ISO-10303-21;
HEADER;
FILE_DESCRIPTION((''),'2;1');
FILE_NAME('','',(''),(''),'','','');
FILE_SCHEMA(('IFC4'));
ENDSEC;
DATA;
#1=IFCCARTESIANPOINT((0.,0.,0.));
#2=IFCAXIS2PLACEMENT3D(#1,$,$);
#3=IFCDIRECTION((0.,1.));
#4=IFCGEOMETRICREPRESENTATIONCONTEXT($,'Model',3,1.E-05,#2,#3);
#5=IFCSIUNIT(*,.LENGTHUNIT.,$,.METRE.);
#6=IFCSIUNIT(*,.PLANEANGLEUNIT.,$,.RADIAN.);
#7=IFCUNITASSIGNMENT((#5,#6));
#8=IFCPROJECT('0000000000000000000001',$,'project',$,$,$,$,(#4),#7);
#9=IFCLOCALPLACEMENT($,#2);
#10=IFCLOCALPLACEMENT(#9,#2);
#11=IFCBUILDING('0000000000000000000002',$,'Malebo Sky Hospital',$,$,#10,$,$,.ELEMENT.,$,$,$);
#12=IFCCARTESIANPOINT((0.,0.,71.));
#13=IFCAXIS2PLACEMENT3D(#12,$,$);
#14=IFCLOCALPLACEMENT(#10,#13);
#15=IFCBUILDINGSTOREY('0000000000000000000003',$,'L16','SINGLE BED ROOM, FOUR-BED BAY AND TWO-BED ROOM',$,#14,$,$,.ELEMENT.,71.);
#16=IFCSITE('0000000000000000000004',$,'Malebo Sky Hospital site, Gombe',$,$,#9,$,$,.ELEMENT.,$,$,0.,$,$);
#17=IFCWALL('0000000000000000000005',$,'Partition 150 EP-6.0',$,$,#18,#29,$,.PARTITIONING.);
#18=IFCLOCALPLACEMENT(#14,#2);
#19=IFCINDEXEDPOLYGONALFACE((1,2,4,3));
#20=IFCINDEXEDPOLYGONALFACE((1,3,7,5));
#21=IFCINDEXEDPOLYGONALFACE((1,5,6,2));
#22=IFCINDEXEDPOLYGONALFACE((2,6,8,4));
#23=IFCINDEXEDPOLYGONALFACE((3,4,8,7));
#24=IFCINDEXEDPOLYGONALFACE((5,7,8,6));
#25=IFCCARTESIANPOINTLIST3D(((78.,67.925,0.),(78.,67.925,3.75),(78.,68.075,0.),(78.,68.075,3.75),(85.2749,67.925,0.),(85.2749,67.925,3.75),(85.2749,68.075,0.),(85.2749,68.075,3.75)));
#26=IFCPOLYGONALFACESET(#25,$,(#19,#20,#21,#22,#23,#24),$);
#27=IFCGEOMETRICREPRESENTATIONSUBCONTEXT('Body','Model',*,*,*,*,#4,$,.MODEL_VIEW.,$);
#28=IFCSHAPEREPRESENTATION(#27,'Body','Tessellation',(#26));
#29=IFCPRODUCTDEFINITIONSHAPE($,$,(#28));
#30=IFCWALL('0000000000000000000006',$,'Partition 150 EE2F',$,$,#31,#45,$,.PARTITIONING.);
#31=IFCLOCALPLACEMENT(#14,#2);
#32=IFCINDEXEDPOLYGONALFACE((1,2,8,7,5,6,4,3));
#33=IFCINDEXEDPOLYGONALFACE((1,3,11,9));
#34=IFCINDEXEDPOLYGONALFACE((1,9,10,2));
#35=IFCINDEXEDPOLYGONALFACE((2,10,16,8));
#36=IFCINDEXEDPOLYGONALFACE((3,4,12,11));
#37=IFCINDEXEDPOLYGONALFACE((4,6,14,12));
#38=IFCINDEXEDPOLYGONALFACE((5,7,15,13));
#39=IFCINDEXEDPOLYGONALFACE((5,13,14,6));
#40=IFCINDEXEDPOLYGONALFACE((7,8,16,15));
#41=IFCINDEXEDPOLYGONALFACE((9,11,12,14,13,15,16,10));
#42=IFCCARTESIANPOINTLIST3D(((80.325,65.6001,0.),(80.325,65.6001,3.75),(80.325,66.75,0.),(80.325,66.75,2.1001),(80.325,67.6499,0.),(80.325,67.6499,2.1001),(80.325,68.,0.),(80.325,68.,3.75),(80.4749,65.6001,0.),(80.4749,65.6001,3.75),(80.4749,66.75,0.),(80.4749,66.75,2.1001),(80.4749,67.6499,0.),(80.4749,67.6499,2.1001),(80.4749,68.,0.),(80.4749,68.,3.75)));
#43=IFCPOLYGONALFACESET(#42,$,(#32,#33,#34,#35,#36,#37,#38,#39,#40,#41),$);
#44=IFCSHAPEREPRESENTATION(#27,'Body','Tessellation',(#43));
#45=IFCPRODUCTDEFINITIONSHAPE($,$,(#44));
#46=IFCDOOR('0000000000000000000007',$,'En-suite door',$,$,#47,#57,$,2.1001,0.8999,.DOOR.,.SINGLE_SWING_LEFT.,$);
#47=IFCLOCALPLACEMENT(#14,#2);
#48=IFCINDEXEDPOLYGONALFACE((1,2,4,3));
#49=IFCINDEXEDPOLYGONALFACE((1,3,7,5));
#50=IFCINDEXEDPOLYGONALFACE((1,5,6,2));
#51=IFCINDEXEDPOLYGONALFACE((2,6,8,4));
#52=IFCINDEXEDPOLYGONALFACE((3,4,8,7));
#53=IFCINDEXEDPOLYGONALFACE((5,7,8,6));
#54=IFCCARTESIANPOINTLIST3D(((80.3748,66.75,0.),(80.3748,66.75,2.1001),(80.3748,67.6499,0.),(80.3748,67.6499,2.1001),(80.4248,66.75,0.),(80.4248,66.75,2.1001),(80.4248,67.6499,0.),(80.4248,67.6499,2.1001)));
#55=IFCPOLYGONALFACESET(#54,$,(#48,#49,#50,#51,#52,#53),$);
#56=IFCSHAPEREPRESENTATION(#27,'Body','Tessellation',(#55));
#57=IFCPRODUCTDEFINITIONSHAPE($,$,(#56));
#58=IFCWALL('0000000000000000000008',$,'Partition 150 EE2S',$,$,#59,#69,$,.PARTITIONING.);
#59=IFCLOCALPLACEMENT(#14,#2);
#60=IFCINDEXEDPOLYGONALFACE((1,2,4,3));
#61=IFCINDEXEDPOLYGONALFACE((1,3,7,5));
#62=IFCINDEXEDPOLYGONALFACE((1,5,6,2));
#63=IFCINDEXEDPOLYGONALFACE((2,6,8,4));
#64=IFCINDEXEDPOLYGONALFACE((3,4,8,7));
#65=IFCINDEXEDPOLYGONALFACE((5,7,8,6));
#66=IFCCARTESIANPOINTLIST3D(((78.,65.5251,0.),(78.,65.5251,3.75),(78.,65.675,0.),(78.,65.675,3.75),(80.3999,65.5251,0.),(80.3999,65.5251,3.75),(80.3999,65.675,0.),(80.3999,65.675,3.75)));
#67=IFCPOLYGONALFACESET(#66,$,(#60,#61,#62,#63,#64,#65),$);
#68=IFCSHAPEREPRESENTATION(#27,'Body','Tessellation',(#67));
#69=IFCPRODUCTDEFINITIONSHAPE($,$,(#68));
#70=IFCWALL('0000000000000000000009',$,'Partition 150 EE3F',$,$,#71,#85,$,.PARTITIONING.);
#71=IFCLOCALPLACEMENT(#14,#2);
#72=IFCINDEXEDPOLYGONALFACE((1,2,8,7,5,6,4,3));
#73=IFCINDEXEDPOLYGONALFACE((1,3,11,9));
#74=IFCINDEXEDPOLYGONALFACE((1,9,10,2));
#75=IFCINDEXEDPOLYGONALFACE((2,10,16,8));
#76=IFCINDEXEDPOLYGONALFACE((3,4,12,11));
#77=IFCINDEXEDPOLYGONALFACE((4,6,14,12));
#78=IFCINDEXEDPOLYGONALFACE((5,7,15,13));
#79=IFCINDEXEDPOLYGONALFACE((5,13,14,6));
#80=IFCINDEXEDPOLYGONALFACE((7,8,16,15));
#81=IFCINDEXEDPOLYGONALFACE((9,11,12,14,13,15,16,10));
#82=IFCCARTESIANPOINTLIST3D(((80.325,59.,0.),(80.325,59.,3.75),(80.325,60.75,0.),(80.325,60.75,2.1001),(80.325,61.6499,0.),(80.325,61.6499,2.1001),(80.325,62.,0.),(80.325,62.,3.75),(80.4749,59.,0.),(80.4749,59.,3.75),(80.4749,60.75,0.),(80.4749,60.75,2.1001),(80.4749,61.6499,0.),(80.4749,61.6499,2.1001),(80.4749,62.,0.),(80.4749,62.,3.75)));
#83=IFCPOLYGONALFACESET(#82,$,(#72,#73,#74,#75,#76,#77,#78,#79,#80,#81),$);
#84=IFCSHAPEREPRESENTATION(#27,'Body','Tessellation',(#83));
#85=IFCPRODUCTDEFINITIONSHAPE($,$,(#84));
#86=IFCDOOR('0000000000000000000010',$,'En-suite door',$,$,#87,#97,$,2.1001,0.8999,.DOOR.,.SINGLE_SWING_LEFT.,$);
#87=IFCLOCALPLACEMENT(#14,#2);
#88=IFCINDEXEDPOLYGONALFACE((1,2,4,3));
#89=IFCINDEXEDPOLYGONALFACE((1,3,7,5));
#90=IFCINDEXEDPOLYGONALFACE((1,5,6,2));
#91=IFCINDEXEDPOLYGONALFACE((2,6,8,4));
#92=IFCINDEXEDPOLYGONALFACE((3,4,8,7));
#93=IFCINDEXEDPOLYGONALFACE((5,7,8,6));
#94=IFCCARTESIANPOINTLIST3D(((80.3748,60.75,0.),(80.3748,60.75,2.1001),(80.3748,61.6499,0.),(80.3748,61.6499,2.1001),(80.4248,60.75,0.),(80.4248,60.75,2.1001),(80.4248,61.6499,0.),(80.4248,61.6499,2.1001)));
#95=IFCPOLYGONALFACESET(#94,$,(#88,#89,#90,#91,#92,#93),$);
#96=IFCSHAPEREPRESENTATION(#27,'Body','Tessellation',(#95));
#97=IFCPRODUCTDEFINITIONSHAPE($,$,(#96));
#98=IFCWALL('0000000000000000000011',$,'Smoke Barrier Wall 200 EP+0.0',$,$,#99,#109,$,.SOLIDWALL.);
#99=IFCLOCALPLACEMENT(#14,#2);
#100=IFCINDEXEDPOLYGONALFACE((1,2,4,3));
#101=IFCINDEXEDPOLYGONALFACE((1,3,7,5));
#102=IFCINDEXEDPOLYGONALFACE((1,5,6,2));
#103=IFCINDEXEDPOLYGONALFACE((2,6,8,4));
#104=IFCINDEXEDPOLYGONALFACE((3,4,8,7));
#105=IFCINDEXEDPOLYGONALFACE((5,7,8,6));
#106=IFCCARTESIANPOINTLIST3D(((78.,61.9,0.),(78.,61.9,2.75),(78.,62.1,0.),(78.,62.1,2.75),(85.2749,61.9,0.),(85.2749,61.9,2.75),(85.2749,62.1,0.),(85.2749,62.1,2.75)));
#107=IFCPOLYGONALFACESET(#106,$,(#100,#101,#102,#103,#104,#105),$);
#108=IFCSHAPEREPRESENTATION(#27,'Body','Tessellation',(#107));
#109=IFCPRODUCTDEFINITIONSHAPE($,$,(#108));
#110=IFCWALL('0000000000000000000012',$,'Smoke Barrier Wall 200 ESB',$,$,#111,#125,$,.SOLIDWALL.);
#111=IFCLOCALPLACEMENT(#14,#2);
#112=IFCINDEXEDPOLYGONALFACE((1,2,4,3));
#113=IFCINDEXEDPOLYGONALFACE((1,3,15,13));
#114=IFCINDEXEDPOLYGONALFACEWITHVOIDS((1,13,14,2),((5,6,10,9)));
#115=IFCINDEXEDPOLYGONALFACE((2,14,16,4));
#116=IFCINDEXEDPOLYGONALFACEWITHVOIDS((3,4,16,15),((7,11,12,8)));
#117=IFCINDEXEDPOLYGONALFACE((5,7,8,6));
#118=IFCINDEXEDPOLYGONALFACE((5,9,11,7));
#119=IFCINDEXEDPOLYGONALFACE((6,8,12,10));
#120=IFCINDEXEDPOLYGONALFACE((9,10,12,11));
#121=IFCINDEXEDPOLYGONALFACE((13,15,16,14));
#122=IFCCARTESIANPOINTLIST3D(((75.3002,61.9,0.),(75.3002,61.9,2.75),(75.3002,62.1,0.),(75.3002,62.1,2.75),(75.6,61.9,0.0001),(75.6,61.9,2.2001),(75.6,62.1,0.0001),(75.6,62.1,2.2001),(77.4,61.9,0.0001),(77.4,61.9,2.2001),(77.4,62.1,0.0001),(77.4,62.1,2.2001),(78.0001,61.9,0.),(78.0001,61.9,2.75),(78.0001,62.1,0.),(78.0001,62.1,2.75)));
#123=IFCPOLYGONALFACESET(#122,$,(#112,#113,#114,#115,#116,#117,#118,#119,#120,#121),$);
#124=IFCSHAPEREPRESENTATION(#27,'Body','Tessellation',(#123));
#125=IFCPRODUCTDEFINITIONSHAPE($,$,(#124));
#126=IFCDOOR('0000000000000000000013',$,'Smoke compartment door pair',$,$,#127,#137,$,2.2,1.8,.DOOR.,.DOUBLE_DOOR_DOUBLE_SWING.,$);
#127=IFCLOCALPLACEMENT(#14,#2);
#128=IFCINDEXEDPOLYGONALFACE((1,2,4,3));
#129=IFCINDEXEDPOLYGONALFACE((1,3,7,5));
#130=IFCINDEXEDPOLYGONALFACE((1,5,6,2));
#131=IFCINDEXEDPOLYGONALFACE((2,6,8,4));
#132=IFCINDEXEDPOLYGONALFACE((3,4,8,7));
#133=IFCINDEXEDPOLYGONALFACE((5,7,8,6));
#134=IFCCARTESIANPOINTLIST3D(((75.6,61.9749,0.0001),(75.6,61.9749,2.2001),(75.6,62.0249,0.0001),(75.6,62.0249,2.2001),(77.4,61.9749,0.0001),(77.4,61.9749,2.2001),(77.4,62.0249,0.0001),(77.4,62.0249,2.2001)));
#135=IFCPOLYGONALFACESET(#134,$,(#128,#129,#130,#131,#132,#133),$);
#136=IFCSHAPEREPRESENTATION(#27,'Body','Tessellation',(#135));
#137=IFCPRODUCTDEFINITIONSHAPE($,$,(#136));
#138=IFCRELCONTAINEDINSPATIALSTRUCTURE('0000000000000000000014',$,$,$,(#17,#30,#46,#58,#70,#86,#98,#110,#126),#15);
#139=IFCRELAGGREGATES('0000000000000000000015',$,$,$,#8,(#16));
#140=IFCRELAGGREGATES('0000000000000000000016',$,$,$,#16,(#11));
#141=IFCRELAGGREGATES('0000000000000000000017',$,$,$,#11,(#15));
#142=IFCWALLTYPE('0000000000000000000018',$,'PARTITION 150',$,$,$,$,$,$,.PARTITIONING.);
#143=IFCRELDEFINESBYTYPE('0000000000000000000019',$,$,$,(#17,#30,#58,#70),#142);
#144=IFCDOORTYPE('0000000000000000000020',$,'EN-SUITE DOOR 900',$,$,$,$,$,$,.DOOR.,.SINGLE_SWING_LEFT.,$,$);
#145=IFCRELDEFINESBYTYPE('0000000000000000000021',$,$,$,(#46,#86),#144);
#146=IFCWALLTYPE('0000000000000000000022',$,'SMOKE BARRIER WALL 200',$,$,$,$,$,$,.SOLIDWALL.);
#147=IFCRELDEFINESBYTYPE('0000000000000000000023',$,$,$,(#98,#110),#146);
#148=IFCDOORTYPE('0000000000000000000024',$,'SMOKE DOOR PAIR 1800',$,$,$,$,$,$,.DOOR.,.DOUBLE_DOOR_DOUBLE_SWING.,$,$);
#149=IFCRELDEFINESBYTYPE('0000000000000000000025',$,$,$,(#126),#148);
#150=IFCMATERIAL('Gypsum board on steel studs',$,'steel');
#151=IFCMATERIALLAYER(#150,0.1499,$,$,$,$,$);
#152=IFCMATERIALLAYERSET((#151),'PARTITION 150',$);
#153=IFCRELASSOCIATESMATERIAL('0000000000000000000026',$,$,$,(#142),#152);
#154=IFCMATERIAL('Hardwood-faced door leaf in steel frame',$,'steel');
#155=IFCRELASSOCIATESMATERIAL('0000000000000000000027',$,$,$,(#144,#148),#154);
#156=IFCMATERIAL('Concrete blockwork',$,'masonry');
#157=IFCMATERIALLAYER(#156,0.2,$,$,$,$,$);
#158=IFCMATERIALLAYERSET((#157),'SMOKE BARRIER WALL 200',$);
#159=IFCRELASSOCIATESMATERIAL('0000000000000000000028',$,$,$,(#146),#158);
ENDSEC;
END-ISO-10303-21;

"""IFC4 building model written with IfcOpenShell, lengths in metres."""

from ifc_helpers import new_model, si_unit, direction, frame, frame_2d, origin, place, context, subcontext, project, spatial, rectangle, extrude, material, layer, layer_set, type_object, element, fill, save


model = new_model("IFC4")

# Units and contexts
model_context = context("Model", 3, precision=1e-05, world=origin(), true_north=direction((0.0, 1.0)))
body_context = subcontext(model_context, "Body", "Model", "MODEL_VIEW")
ifc_project = project(units=[si_unit("LENGTHUNIT", "METRE"), si_unit("PLANEANGLEUNIT", "RADIAN")], contexts=[model_context])

# Site, building, storey
site_placement = place(None, origin())
site = spatial("IfcSite", under=ifc_project, at=site_placement, Name="Malebo Sky Hospital site, Gombe", CompositionType="ELEMENT", RefElevation=0.0)
building_placement = place(site_placement, origin())
building = spatial("IfcBuilding", under=site, at=building_placement, Name="Malebo Sky Hospital", CompositionType="ELEMENT")
storey_placement = place(building_placement, frame((0.0, 0.0, 71.0)))
storey = spatial("IfcBuildingStorey", under=building, at=storey_placement, Name="L16", Description="SINGLE BED ROOM, FOUR-BED BAY AND TWO-BED ROOM", CompositionType="ELEMENT", Elevation=71.0)

# Shared definitions
ifc_material_1 = material(Name="Gypsum board on steel studs", Category="steel")
ifc_material_2 = material(Name="Hardwood-faced door leaf in steel frame", Category="steel")

# Wall
ifc_layer_1 = layer(ifc_material_1, 0.1499)
ifc_layer_set_1 = layer_set([ifc_layer_1], Name="PARTITION 150")
wall_type_1 = type_object("IfcWallType", Name="PARTITION 150", PredefinedType="PARTITIONING", material=ifc_layer_set_1)
wall_1_placement = place(storey_placement, frame((78.0, 68.0, 0.0), z_axis=(0.0, 0.0, 1.0), x_axis=(1.0, 0.0, 0.0)))
element("IfcWall", 1, at=wall_1_placement, inside=storey, type_object=wall_type_1, Name="Partition 150 EP-6.0", PredefinedType="PARTITIONING", context=body_context, shape_type="SweptSolid", body=[
    extrude(rectangle(XDim=7.2749, YDim=0.1499, at=frame_2d((3.6375, 0.0))), origin(), (0.0, 0.0, 1.0), 3.75),
])

# Wall, opening, door
wall_2_placement = place(storey_placement, frame((80.3999, 68.0, 0.0), z_axis=(0.0, 0.0, 1.0), x_axis=(0.0, -1.0, 0.0)))
wall_2 = element("IfcWall", 2, at=wall_2_placement, inside=storey, type_object=wall_type_1, Name="Partition 150 EE2F", PredefinedType="PARTITIONING", context=body_context, shape_type="SweptSolid", body=[
    extrude(rectangle(XDim=2.3999, YDim=0.1499, at=frame_2d((1.2, 0.0))), origin(), (0.0, 0.0, 1.0), 3.75),
])
opening_1_placement = place(wall_2_placement, frame((0.3501, 0.0, 0.0)))
opening_1 = element("IfcOpeningElement", 3, at=opening_1_placement, cuts=wall_2, PredefinedType="OPENING", context=body_context, shape_type="SweptSolid", body=[
    extrude(rectangle(XDim=0.8999, YDim=2.1001, at=frame_2d((0.45, 1.05))), frame((0.0, 0.085, 0.0), z_axis=(0.0, -1.0, 0.0), x_axis=(1.0, 0.0, 0.0)), (0.0, 0.0, 1.0), 0.1699),
])
door_type_1 = type_object("IfcDoorType", Name="EN-SUITE DOOR 900", OperationType="SINGLE_SWING_LEFT", PredefinedType="DOOR", material=ifc_material_2)
door_1_placement = place(opening_1_placement, origin())
door_1 = element("IfcDoor", 4, at=door_1_placement, inside=storey, type_object=door_type_1, Name="En-suite door", OperationType="SINGLE_SWING_LEFT", OverallHeight=2.1001, OverallWidth=0.8999, PredefinedType="DOOR", context=body_context, shape_type="SweptSolid", body=[
    extrude(rectangle(XDim=0.8999, YDim=2.1001, at=frame_2d((0.45, 1.05))), frame((0.0, 0.0249, 0.0), z_axis=(0.0, -1.0, 0.0), x_axis=(1.0, 0.0, 0.0)), (0.0, 0.0, 1.0), 0.05),
])
fill(opening_1, door_1)

# Wall
wall_3_placement = place(storey_placement, frame((78.0, 65.6001, 0.0), z_axis=(0.0, 0.0, 1.0), x_axis=(1.0, 0.0, 0.0)))
element("IfcWall", 5, at=wall_3_placement, inside=storey, type_object=wall_type_1, Name="Partition 150 EE2S", PredefinedType="PARTITIONING", context=body_context, shape_type="SweptSolid", body=[
    extrude(rectangle(XDim=2.3999, YDim=0.1499, at=frame_2d((1.2, 0.0))), origin(), (0.0, 0.0, 1.0), 3.75),
])

# Wall, opening, door
wall_4_placement = place(storey_placement, frame((80.3999, 62.0, 0.0), z_axis=(0.0, 0.0, 1.0), x_axis=(0.0, -1.0, 0.0)))
wall_4 = element("IfcWall", 6, at=wall_4_placement, inside=storey, type_object=wall_type_1, Name="Partition 150 EE3F", PredefinedType="PARTITIONING", context=body_context, shape_type="SweptSolid", body=[
    extrude(rectangle(XDim=3.0, YDim=0.1499, at=frame_2d((1.5, 0.0))), origin(), (0.0, 0.0, 1.0), 3.75),
])
opening_2_placement = place(wall_4_placement, frame((0.3501, 0.0, 0.0)))
opening_2 = element("IfcOpeningElement", 7, at=opening_2_placement, cuts=wall_4, PredefinedType="OPENING", context=body_context, shape_type="SweptSolid", body=[
    extrude(rectangle(XDim=0.8999, YDim=2.1001, at=frame_2d((0.45, 1.05))), frame((0.0, 0.085, 0.0), z_axis=(0.0, -1.0, 0.0), x_axis=(1.0, 0.0, 0.0)), (0.0, 0.0, 1.0), 0.1699),
])
door_2_placement = place(opening_2_placement, origin())
door_2 = element("IfcDoor", 8, at=door_2_placement, inside=storey, type_object=door_type_1, Name="En-suite door", OperationType="SINGLE_SWING_LEFT", OverallHeight=2.1001, OverallWidth=0.8999, PredefinedType="DOOR", context=body_context, shape_type="SweptSolid", body=[
    extrude(rectangle(XDim=0.8999, YDim=2.1001, at=frame_2d((0.45, 1.05))), frame((0.0, 0.0249, 0.0), z_axis=(0.0, -1.0, 0.0), x_axis=(1.0, 0.0, 0.0)), (0.0, 0.0, 1.0), 0.05),
])
fill(opening_2, door_2)

# Wall
ifc_material_3 = material(Name="Concrete blockwork", Category="masonry")
ifc_layer_2 = layer(ifc_material_3, 0.2)
ifc_layer_set_2 = layer_set([ifc_layer_2], Name="SMOKE BARRIER WALL 200")
wall_type_2 = type_object("IfcWallType", Name="SMOKE BARRIER WALL 200", PredefinedType="SOLIDWALL", material=ifc_layer_set_2)
wall_5_placement = place(storey_placement, frame((78.0, 62.0, 0.0), z_axis=(0.0, 0.0, 1.0), x_axis=(1.0, 0.0, 0.0)))
element("IfcWall", 9, at=wall_5_placement, inside=storey, type_object=wall_type_2, Name="Smoke Barrier Wall 200 EP+0.0", PredefinedType="SOLIDWALL", context=body_context, shape_type="SweptSolid", body=[
    extrude(rectangle(XDim=7.2749, YDim=0.2, at=frame_2d((3.6375, 0.0))), origin(), (0.0, 0.0, 1.0), 2.75),
])

# Wall, opening, door
wall_6_placement = place(storey_placement, frame((75.3, 62.0, 0.0), z_axis=(0.0, 0.0, 1.0), x_axis=(1.0, 0.0, 0.0)))
wall_6 = element("IfcWall", 10, at=wall_6_placement, inside=storey, type_object=wall_type_2, Name="Smoke Barrier Wall 200 ESB", PredefinedType="SOLIDWALL", context=body_context, shape_type="SweptSolid", body=[
    extrude(rectangle(XDim=2.7, YDim=0.2, at=frame_2d((1.3501, 0.0))), origin(), (0.0, 0.0, 1.0), 2.75),
])
opening_3_placement = place(wall_6_placement, frame((0.3, 0.0, 0.0)))
opening_3 = element("IfcOpeningElement", 11, at=opening_3_placement, cuts=wall_6, PredefinedType="OPENING", context=body_context, shape_type="SweptSolid", body=[
    extrude(rectangle(XDim=1.8, YDim=2.2, at=frame_2d((0.8999, 1.1001))), frame((0.0, 0.1099, 0.0), z_axis=(0.0, -1.0, 0.0), x_axis=(1.0, 0.0, 0.0)), (0.0, 0.0, 1.0), 0.22),
])
door_type_2 = type_object("IfcDoorType", Name="SMOKE DOOR PAIR 1800", OperationType="DOUBLE_DOOR_DOUBLE_SWING", PredefinedType="DOOR", material=ifc_material_2)
door_3_placement = place(opening_3_placement, origin())
door_3 = element("IfcDoor", 12, at=door_3_placement, inside=storey, type_object=door_type_2, Name="Smoke compartment door pair", OperationType="DOUBLE_DOOR_DOUBLE_SWING", OverallHeight=2.2, OverallWidth=1.8, PredefinedType="DOOR", context=body_context, shape_type="SweptSolid", body=[
    extrude(rectangle(XDim=1.8, YDim=2.2, at=frame_2d((0.8999, 1.1001))), frame((0.0, 0.0249, 0.0), z_axis=(0.0, -1.0, 0.0), x_axis=(1.0, 0.0, 0.0)), (0.0, 0.0, 1.0), 0.05),
])
fill(opening_3, door_3)

save(model, "model.ifc")
